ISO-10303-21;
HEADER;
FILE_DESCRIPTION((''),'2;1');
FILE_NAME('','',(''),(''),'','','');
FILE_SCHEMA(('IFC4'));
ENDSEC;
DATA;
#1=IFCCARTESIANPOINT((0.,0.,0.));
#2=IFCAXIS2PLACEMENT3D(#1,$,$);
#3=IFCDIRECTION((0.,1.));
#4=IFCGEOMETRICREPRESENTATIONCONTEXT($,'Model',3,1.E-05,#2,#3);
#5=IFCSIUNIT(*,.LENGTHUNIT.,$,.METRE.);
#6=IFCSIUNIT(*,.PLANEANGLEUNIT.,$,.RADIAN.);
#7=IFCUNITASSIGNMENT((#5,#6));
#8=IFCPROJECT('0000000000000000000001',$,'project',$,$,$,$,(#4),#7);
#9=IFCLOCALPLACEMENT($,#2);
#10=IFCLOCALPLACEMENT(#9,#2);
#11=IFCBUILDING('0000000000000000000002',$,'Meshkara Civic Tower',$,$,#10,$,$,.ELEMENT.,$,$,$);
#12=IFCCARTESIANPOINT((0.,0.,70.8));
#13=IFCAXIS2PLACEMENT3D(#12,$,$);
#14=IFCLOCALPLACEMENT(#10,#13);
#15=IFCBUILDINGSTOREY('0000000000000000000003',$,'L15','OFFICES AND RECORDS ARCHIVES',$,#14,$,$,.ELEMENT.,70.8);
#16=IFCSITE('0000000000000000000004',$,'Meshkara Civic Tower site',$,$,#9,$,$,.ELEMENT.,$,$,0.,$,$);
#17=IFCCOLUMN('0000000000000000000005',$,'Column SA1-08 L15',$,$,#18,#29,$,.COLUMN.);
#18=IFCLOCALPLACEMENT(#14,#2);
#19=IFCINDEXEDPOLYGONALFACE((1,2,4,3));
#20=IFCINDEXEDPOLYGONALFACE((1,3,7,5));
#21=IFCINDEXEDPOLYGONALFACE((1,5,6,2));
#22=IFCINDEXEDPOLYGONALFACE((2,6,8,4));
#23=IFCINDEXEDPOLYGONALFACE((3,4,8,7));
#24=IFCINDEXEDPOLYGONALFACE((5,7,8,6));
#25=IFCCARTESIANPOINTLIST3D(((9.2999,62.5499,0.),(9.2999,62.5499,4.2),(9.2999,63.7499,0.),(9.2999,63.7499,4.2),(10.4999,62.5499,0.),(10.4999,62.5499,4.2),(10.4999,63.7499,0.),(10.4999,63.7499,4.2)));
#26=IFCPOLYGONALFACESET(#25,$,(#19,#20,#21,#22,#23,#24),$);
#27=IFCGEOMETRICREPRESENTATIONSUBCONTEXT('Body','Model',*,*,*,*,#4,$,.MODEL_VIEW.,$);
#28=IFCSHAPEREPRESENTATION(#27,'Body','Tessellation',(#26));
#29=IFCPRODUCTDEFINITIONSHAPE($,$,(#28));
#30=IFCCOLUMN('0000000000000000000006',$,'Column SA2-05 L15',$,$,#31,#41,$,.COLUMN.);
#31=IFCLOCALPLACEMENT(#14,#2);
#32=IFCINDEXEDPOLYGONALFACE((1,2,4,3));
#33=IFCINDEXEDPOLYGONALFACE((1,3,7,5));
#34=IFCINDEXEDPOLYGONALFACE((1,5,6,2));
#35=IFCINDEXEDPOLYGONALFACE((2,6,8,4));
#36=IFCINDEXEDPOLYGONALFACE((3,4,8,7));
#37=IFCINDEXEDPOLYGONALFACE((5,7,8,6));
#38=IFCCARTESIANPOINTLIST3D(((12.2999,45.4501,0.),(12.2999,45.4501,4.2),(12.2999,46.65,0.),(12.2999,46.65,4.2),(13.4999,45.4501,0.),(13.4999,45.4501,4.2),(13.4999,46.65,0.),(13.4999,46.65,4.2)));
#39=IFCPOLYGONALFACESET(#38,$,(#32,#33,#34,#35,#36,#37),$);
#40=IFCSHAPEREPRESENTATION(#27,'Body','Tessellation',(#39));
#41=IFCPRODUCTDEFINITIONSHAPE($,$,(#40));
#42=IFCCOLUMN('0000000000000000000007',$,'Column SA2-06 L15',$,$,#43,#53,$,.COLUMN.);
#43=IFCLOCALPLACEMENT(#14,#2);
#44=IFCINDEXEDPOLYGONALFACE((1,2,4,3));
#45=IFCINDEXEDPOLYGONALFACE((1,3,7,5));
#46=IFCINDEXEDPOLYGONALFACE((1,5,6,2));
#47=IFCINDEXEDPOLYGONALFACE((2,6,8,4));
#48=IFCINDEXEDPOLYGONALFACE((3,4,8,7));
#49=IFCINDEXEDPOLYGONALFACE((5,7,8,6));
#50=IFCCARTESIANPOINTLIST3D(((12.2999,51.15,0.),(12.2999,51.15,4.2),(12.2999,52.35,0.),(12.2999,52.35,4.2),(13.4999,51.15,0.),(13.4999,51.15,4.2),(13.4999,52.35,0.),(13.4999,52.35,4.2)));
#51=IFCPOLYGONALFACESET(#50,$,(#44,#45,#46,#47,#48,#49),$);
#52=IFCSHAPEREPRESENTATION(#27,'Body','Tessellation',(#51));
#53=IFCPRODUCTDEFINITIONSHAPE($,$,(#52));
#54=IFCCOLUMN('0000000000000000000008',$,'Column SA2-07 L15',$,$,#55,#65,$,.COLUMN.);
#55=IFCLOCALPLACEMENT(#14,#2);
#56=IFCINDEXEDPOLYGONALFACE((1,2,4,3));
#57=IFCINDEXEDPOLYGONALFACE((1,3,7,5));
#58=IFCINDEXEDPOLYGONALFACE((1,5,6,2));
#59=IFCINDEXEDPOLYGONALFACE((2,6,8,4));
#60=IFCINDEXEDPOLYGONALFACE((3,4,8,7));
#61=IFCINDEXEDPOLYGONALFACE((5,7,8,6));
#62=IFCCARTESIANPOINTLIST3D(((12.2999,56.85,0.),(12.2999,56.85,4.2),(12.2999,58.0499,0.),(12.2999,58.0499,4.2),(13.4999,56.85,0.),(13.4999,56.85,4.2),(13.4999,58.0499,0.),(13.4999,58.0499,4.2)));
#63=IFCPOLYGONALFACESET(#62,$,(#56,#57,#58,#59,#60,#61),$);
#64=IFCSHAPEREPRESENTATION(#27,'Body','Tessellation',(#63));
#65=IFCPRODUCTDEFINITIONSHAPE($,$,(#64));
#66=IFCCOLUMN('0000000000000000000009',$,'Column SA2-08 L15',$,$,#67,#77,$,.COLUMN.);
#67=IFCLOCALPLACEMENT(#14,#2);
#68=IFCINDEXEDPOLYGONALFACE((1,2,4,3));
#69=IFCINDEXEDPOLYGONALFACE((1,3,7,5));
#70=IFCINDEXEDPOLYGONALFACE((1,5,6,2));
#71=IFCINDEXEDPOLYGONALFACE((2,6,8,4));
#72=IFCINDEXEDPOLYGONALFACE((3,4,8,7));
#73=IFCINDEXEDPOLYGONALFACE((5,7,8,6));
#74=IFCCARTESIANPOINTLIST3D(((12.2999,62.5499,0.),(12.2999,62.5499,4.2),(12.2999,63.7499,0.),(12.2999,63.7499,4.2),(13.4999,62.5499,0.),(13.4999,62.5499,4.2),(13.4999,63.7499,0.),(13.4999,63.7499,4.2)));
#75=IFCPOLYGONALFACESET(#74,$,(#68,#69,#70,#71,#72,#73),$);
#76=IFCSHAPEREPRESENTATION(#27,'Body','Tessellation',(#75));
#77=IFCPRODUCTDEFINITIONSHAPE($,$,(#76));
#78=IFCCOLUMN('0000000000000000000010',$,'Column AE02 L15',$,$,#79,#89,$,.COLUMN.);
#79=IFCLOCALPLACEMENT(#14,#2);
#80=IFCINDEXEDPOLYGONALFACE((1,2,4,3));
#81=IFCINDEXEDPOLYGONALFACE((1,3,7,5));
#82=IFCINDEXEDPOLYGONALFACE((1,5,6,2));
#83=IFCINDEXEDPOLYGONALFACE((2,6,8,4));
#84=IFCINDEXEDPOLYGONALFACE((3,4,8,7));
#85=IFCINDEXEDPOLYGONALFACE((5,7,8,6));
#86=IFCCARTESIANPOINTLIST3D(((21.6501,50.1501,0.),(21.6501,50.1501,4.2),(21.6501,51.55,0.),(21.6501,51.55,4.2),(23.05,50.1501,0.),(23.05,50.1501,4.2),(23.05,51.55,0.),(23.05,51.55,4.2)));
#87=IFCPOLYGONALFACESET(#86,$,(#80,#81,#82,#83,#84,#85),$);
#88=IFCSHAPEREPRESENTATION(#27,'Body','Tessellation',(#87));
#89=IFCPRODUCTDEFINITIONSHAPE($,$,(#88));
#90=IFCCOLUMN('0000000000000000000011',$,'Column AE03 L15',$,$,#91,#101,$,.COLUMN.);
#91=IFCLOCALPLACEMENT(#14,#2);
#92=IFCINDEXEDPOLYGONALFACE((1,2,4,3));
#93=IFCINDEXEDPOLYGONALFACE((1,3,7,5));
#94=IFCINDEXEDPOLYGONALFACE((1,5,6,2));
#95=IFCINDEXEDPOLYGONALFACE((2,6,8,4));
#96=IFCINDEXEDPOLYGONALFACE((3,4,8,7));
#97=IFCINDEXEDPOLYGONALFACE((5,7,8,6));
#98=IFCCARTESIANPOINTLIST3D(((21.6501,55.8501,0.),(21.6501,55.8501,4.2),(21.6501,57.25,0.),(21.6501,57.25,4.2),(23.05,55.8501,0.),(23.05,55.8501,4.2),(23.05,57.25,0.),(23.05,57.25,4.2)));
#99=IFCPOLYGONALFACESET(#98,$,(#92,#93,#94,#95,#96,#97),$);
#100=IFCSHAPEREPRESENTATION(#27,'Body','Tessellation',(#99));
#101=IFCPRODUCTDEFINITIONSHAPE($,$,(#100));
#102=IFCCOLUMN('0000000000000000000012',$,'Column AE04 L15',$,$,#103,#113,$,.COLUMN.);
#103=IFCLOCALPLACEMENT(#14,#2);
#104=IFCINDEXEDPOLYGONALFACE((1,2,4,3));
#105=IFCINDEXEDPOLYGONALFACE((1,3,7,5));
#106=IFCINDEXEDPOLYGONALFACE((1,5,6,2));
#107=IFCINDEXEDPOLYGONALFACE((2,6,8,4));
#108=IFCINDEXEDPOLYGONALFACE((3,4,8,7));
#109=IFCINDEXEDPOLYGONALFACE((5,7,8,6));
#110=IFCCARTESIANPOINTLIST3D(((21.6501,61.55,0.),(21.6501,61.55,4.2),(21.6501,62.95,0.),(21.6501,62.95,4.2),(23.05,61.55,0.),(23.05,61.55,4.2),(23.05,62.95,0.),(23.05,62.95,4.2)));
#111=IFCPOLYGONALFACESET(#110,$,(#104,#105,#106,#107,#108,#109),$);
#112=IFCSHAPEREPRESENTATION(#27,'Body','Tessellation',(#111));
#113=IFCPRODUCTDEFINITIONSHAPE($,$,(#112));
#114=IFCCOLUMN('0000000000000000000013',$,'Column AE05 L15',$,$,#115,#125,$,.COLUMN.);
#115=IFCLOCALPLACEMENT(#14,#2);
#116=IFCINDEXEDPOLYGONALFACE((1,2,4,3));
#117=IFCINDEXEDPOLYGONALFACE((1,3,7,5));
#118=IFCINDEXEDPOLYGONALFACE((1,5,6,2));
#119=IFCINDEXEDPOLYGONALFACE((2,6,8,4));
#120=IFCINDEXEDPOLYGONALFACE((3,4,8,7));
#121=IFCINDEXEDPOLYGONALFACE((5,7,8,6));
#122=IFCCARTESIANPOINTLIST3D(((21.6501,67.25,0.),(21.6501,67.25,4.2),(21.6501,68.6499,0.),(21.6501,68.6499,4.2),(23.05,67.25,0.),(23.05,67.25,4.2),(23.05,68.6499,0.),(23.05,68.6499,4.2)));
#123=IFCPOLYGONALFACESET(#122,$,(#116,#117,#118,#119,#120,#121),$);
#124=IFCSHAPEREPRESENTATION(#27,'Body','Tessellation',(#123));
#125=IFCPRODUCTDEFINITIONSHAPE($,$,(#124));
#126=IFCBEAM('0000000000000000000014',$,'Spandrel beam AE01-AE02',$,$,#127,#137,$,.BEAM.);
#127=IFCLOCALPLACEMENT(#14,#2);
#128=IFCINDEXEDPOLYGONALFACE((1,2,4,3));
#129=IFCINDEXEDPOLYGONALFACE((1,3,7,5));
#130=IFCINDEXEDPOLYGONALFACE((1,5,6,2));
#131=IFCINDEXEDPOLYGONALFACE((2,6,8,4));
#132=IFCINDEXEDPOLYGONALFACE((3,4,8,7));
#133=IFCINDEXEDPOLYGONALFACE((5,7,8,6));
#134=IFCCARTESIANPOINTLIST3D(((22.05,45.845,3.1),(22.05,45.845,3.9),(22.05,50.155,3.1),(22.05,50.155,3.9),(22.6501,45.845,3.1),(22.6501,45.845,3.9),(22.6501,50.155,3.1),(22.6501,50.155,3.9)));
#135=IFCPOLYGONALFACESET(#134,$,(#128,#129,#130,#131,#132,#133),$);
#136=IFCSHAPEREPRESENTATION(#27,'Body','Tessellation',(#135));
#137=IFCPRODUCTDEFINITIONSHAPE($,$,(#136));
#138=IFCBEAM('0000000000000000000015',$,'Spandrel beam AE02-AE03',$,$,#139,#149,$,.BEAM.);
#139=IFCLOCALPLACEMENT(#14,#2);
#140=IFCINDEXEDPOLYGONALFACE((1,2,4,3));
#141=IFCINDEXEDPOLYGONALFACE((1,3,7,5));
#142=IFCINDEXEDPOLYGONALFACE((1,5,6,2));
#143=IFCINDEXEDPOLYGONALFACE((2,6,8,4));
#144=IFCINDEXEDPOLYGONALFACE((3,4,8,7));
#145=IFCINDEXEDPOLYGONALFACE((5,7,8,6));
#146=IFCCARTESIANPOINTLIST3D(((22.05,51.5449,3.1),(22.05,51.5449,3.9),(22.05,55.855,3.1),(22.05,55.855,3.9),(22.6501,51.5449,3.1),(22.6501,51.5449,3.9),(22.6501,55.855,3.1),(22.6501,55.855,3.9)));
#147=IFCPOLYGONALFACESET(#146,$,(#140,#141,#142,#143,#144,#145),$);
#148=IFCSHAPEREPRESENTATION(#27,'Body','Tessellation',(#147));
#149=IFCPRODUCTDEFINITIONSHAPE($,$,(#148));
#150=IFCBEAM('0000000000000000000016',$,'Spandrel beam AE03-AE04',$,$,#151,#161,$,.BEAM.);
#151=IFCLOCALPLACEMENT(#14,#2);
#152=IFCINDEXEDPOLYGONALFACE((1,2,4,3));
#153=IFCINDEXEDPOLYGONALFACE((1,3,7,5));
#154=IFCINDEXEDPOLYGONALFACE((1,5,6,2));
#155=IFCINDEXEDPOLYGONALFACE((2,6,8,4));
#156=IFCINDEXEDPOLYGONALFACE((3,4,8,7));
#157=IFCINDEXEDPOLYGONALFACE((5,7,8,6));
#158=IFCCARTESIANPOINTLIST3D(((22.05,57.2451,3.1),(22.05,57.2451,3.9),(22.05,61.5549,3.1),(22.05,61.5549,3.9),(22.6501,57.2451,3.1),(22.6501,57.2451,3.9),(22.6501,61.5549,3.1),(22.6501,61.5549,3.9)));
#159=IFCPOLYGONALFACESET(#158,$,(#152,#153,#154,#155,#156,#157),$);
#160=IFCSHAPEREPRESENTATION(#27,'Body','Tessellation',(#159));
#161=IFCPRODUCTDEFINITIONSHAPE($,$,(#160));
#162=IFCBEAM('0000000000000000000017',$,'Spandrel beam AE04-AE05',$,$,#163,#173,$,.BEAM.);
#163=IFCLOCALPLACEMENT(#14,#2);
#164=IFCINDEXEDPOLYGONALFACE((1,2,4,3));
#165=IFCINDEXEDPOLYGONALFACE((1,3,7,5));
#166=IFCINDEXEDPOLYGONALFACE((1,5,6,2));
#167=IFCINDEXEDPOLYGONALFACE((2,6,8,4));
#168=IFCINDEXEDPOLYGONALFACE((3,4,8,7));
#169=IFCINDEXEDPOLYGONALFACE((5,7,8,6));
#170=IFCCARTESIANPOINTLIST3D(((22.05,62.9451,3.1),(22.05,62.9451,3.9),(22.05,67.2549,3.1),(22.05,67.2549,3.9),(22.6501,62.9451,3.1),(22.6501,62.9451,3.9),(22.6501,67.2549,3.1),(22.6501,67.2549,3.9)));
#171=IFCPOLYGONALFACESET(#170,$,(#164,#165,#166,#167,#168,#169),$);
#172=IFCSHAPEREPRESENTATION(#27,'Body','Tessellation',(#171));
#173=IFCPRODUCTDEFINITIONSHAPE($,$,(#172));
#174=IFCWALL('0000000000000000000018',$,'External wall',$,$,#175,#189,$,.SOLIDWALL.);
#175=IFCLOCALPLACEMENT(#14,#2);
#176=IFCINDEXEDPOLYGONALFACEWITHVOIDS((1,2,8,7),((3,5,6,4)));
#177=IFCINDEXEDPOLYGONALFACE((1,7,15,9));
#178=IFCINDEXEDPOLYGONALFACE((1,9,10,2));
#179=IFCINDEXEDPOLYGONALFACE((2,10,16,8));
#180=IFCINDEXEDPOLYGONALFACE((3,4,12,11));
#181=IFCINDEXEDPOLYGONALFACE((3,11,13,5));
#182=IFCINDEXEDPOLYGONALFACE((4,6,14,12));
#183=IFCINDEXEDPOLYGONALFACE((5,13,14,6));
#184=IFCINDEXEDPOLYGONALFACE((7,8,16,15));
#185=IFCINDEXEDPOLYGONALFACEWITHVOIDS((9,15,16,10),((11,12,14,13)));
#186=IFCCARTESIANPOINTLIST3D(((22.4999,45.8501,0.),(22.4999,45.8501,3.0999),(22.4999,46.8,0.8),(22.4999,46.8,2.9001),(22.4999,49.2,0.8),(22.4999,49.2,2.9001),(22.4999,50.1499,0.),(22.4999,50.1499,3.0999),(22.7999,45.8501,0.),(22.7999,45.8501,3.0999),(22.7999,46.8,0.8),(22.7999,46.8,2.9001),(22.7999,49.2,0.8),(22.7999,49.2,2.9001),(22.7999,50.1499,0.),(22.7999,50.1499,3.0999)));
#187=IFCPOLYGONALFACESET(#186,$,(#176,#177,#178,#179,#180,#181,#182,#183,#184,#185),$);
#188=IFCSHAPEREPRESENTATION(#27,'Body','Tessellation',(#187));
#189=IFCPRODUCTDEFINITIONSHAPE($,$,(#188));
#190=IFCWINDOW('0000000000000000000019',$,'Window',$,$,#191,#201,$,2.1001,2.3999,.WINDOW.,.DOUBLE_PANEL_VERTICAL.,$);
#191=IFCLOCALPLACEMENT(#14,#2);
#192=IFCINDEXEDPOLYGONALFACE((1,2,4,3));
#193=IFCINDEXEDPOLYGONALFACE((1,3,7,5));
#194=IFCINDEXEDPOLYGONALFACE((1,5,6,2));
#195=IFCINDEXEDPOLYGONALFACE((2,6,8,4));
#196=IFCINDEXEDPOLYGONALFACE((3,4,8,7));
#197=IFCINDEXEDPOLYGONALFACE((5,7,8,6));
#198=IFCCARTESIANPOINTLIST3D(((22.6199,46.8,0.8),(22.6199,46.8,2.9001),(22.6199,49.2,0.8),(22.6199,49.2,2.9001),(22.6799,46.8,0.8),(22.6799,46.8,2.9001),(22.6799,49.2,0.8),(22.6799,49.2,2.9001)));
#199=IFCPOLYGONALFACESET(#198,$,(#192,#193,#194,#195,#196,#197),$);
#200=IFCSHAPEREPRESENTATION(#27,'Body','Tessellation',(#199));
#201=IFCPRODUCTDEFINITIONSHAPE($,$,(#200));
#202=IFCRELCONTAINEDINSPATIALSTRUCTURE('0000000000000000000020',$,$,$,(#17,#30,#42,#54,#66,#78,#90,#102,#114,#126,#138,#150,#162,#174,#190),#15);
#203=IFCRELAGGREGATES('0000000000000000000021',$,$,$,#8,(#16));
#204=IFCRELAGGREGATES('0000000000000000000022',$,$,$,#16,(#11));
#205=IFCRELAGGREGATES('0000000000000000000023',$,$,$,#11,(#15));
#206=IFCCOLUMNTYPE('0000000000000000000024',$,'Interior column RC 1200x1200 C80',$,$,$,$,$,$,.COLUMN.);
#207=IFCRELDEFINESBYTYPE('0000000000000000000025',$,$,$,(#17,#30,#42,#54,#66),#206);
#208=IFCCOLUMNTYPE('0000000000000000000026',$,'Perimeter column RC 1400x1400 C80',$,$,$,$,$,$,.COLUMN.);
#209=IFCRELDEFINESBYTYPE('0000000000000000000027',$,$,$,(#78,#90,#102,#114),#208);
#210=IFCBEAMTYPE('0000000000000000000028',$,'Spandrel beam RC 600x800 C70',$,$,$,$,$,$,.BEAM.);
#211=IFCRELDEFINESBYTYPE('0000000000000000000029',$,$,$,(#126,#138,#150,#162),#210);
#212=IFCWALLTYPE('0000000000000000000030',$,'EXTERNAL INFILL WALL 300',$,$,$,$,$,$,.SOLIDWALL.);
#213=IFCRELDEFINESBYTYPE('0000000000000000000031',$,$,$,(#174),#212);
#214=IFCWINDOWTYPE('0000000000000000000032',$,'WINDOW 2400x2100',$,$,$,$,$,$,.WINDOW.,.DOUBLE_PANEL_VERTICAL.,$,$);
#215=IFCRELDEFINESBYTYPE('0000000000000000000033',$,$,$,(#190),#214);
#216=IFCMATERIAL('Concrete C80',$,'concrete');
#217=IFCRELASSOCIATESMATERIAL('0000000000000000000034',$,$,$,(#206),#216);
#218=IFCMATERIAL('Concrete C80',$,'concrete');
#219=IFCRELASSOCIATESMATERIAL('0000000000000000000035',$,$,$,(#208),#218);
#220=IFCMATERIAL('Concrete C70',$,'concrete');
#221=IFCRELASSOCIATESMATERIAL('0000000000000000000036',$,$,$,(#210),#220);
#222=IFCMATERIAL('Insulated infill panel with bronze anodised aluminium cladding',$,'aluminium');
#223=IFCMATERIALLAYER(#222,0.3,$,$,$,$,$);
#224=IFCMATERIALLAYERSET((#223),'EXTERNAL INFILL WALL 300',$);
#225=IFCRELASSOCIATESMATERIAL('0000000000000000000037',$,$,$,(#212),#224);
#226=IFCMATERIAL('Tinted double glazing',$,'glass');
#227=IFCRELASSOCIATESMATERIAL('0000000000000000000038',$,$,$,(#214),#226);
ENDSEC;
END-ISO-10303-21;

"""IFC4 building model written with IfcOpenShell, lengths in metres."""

from ifc_helpers import new_model, si_unit, direction, frame, frame_2d, origin, origin_2d, place, context, subcontext, project, spatial, rectangle, extrude, material, layer, layer_set, material_profile, profile_set, type_object, element, fill, save


model = new_model("IFC4")

# Units and contexts
model_context = context("Model", 3, precision=1e-05, world=origin(), true_north=direction((0.0, 1.0)))
body_context = subcontext(model_context, "Body", "Model", "MODEL_VIEW")
ifc_project = project(units=[si_unit("LENGTHUNIT", "METRE"), si_unit("PLANEANGLEUNIT", "RADIAN")], contexts=[model_context])

# Site, building, storey
site_placement = place(None, origin())
site = spatial("IfcSite", under=ifc_project, at=site_placement, Name="Meshkara Civic Tower site", CompositionType="ELEMENT", RefElevation=0.0)
building_placement = place(site_placement, origin())
building = spatial("IfcBuilding", under=site, at=building_placement, Name="Meshkara Civic Tower", CompositionType="ELEMENT")
storey_placement = place(building_placement, frame((0.0, 0.0, 70.8)))
storey = spatial("IfcBuildingStorey", under=building, at=storey_placement, Name="L15", Description="OFFICES AND RECORDS ARCHIVES", CompositionType="ELEMENT", Elevation=70.8)

# Columns
ifc_material_1 = material(Name="Concrete C80", Category="concrete")
ifc_material_profile_1 = material_profile(ifc_material_1, rectangle(XDim=1.2, YDim=1.2, at=origin_2d()))
ifc_profile_set_1 = profile_set([ifc_material_profile_1], Name="Concrete C80")
column_type_1 = type_object("IfcColumnType", Name="Interior column RC 1200x1200 C80", PredefinedType="COLUMN", material=ifc_profile_set_1)
for number, where, z_axis, x_axis, name in (
    (1, (9.8999, 63.1499, 0.0), (0.0, 0.0, 1.0), (1.0, 0.0, 0.0), "Column SA1-08 L15"),
    (2, (12.8999, 46.05, 0.0), (0.0, 0.0, 1.0), (1.0, 0.0, 0.0), "Column SA2-05 L15"),
    (3, (12.8999, 51.75, 0.0), (0.0, 0.0, 1.0), (1.0, 0.0, 0.0), "Column SA2-06 L15"),
    (4, (12.8999, 57.45, 0.0), (0.0, 0.0, 1.0), (1.0, 0.0, 0.0), "Column SA2-07 L15"),
    (5, (12.8999, 63.1499, 0.0), (0.0, 0.0, 1.0), (1.0, 0.0, 0.0), "Column SA2-08 L15"),
):
    element("IfcColumn", number, at=place(storey_placement, frame(where, z_axis=z_axis, x_axis=x_axis)), inside=storey, type_object=column_type_1, Name=name, PredefinedType="COLUMN", context=body_context, shape_type="SweptSolid", body=[
        extrude(rectangle(XDim=1.2, YDim=1.2, at=origin_2d()), origin(), (0.0, 0.0, 1.0), 4.2),
    ])
ifc_material_2 = material(Name="Concrete C80", Category="concrete")
ifc_material_profile_2 = material_profile(ifc_material_2, rectangle(XDim=1.3999, YDim=1.3999, at=origin_2d()))
ifc_profile_set_2 = profile_set([ifc_material_profile_2], Name="Concrete C80")
column_type_2 = type_object("IfcColumnType", Name="Perimeter column RC 1400x1400 C80", PredefinedType="COLUMN", material=ifc_profile_set_2)
for number, where, z_axis, x_axis, name in (
    (6, (22.3501, 50.8501, 0.0), (0.0, 0.0, 1.0), (1.0, 0.0, 0.0), "Column AE02 L15"),
    (7, (22.3501, 56.55, 0.0), (0.0, 0.0, 1.0), (1.0, 0.0, 0.0), "Column AE03 L15"),
    (8, (22.3501, 62.25, 0.0), (0.0, 0.0, 1.0), (1.0, 0.0, 0.0), "Column AE04 L15"),
    (9, (22.3501, 67.95, 0.0), (0.0, 0.0, 1.0), (1.0, 0.0, 0.0), "Column AE05 L15"),
):
    element("IfcColumn", number, at=place(storey_placement, frame(where, z_axis=z_axis, x_axis=x_axis)), inside=storey, type_object=column_type_2, Name=name, PredefinedType="COLUMN", context=body_context, shape_type="SweptSolid", body=[
        extrude(rectangle(XDim=1.3999, YDim=1.3999, at=origin_2d()), origin(), (0.0, 0.0, 1.0), 4.2),
    ])

# Beams
ifc_material_3 = material(Name="Concrete C70", Category="concrete")
ifc_material_profile_3 = material_profile(ifc_material_3, rectangle(XDim=0.6001, YDim=0.8, at=origin_2d()))
ifc_profile_set_3 = profile_set([ifc_material_profile_3], Name="Concrete C70")
beam_type = type_object("IfcBeamType", Name="Spandrel beam RC 600x800 C70", PredefinedType="BEAM", material=ifc_profile_set_3)
for number, where, z_axis, x_axis, name in (
    (10, (22.3501, 45.845, 3.5), (0.0, 1.0, 0.0), (-1.0, 0.0, 0.0), "Spandrel beam AE01-AE02"),
    (11, (22.3501, 51.5449, 3.5), (0.0, 1.0, 0.0), (-1.0, 0.0, 0.0), "Spandrel beam AE02-AE03"),
):
    element("IfcBeam", number, at=place(storey_placement, frame(where, z_axis=z_axis, x_axis=x_axis)), inside=storey, type_object=beam_type, Name=name, PredefinedType="BEAM", context=body_context, shape_type="SweptSolid", body=[
        extrude(rectangle(XDim=0.6001, YDim=0.8, at=origin_2d()), origin(), (0.0, 0.0, 1.0), 4.3101),
    ])
for number, where, z_axis, x_axis, name in (
    (12, (22.3501, 57.2451, 3.5), (0.0, 1.0, 0.0), (-1.0, 0.0, 0.0), "Spandrel beam AE03-AE04"),
    (13, (22.3501, 62.9451, 3.5), (0.0, 1.0, 0.0), (-1.0, 0.0, 0.0), "Spandrel beam AE04-AE05"),
):
    element("IfcBeam", number, at=place(storey_placement, frame(where, z_axis=z_axis, x_axis=x_axis)), inside=storey, type_object=beam_type, Name=name, PredefinedType="BEAM", context=body_context, shape_type="SweptSolid", body=[
        extrude(rectangle(XDim=0.6001, YDim=0.8, at=origin_2d()), origin(), (0.0, 0.0, 1.0), 4.3098),
    ])

# Wall, opening, window
ifc_material_4 = material(Name="Insulated infill panel with bronze anodised aluminium cladding", Category="aluminium")
ifc_layer_1 = layer(ifc_material_4, 0.3)
ifc_layer_set_1 = layer_set([ifc_layer_1], Name="EXTERNAL INFILL WALL 300")
wall_type_1 = type_object("IfcWallType", Name="EXTERNAL INFILL WALL 300", PredefinedType="SOLIDWALL", material=ifc_layer_set_1)
wall_1_placement = place(storey_placement, frame((22.6499, 45.8501, 0.0), z_axis=(0.0, 0.0, 1.0), x_axis=(0.0, 1.0, 0.0)))
wall_1 = element("IfcWall", 14, at=wall_1_placement, inside=storey, type_object=wall_type_1, Name="External wall", PredefinedType="SOLIDWALL", context=body_context, shape_type="SweptSolid", body=[
    extrude(rectangle(XDim=4.2998, YDim=0.3, at=frame_2d((2.1499, 0.0))), origin(), (0.0, 0.0, 1.0), 3.0999),
])
opening_1_placement = place(wall_1_placement, frame((0.95, 0.0, 0.8)))
opening_1 = element("IfcOpeningElement", 15, at=opening_1_placement, cuts=wall_1, PredefinedType="OPENING", context=body_context, shape_type="SweptSolid", body=[
    extrude(rectangle(XDim=2.3999, YDim=2.1001, at=frame_2d((1.2, 1.05))), frame((0.0, 0.1599, 0.0), z_axis=(0.0, -1.0, 0.0), x_axis=(1.0, 0.0, 0.0)), (0.0, 0.0, 1.0), 0.3201),
])
ifc_material_5 = material(Name="Tinted double glazing", Category="glass")
window_type = type_object("IfcWindowType", Name="WINDOW 2400x2100", PartitioningType="DOUBLE_PANEL_VERTICAL", PredefinedType="WINDOW", material=ifc_material_5)
window_1_placement = place(opening_1_placement, origin())
window_1 = element("IfcWindow", 16, at=window_1_placement, inside=storey, type_object=window_type, Name="Window", OverallHeight=2.1001, OverallWidth=2.3999, PartitioningType="DOUBLE_PANEL_VERTICAL", PredefinedType="WINDOW", context=body_context, shape_type="SweptSolid", body=[
    extrude(rectangle(XDim=2.3999, YDim=2.1001, at=frame_2d((1.2, 1.05))), frame((0.0, 0.03, 0.0), z_axis=(0.0, -1.0, 0.0), x_axis=(1.0, 0.0, 0.0)), (0.0, 0.0, 1.0), 0.0601),
])
fill(opening_1, window_1)

save(model, "model.ifc")
